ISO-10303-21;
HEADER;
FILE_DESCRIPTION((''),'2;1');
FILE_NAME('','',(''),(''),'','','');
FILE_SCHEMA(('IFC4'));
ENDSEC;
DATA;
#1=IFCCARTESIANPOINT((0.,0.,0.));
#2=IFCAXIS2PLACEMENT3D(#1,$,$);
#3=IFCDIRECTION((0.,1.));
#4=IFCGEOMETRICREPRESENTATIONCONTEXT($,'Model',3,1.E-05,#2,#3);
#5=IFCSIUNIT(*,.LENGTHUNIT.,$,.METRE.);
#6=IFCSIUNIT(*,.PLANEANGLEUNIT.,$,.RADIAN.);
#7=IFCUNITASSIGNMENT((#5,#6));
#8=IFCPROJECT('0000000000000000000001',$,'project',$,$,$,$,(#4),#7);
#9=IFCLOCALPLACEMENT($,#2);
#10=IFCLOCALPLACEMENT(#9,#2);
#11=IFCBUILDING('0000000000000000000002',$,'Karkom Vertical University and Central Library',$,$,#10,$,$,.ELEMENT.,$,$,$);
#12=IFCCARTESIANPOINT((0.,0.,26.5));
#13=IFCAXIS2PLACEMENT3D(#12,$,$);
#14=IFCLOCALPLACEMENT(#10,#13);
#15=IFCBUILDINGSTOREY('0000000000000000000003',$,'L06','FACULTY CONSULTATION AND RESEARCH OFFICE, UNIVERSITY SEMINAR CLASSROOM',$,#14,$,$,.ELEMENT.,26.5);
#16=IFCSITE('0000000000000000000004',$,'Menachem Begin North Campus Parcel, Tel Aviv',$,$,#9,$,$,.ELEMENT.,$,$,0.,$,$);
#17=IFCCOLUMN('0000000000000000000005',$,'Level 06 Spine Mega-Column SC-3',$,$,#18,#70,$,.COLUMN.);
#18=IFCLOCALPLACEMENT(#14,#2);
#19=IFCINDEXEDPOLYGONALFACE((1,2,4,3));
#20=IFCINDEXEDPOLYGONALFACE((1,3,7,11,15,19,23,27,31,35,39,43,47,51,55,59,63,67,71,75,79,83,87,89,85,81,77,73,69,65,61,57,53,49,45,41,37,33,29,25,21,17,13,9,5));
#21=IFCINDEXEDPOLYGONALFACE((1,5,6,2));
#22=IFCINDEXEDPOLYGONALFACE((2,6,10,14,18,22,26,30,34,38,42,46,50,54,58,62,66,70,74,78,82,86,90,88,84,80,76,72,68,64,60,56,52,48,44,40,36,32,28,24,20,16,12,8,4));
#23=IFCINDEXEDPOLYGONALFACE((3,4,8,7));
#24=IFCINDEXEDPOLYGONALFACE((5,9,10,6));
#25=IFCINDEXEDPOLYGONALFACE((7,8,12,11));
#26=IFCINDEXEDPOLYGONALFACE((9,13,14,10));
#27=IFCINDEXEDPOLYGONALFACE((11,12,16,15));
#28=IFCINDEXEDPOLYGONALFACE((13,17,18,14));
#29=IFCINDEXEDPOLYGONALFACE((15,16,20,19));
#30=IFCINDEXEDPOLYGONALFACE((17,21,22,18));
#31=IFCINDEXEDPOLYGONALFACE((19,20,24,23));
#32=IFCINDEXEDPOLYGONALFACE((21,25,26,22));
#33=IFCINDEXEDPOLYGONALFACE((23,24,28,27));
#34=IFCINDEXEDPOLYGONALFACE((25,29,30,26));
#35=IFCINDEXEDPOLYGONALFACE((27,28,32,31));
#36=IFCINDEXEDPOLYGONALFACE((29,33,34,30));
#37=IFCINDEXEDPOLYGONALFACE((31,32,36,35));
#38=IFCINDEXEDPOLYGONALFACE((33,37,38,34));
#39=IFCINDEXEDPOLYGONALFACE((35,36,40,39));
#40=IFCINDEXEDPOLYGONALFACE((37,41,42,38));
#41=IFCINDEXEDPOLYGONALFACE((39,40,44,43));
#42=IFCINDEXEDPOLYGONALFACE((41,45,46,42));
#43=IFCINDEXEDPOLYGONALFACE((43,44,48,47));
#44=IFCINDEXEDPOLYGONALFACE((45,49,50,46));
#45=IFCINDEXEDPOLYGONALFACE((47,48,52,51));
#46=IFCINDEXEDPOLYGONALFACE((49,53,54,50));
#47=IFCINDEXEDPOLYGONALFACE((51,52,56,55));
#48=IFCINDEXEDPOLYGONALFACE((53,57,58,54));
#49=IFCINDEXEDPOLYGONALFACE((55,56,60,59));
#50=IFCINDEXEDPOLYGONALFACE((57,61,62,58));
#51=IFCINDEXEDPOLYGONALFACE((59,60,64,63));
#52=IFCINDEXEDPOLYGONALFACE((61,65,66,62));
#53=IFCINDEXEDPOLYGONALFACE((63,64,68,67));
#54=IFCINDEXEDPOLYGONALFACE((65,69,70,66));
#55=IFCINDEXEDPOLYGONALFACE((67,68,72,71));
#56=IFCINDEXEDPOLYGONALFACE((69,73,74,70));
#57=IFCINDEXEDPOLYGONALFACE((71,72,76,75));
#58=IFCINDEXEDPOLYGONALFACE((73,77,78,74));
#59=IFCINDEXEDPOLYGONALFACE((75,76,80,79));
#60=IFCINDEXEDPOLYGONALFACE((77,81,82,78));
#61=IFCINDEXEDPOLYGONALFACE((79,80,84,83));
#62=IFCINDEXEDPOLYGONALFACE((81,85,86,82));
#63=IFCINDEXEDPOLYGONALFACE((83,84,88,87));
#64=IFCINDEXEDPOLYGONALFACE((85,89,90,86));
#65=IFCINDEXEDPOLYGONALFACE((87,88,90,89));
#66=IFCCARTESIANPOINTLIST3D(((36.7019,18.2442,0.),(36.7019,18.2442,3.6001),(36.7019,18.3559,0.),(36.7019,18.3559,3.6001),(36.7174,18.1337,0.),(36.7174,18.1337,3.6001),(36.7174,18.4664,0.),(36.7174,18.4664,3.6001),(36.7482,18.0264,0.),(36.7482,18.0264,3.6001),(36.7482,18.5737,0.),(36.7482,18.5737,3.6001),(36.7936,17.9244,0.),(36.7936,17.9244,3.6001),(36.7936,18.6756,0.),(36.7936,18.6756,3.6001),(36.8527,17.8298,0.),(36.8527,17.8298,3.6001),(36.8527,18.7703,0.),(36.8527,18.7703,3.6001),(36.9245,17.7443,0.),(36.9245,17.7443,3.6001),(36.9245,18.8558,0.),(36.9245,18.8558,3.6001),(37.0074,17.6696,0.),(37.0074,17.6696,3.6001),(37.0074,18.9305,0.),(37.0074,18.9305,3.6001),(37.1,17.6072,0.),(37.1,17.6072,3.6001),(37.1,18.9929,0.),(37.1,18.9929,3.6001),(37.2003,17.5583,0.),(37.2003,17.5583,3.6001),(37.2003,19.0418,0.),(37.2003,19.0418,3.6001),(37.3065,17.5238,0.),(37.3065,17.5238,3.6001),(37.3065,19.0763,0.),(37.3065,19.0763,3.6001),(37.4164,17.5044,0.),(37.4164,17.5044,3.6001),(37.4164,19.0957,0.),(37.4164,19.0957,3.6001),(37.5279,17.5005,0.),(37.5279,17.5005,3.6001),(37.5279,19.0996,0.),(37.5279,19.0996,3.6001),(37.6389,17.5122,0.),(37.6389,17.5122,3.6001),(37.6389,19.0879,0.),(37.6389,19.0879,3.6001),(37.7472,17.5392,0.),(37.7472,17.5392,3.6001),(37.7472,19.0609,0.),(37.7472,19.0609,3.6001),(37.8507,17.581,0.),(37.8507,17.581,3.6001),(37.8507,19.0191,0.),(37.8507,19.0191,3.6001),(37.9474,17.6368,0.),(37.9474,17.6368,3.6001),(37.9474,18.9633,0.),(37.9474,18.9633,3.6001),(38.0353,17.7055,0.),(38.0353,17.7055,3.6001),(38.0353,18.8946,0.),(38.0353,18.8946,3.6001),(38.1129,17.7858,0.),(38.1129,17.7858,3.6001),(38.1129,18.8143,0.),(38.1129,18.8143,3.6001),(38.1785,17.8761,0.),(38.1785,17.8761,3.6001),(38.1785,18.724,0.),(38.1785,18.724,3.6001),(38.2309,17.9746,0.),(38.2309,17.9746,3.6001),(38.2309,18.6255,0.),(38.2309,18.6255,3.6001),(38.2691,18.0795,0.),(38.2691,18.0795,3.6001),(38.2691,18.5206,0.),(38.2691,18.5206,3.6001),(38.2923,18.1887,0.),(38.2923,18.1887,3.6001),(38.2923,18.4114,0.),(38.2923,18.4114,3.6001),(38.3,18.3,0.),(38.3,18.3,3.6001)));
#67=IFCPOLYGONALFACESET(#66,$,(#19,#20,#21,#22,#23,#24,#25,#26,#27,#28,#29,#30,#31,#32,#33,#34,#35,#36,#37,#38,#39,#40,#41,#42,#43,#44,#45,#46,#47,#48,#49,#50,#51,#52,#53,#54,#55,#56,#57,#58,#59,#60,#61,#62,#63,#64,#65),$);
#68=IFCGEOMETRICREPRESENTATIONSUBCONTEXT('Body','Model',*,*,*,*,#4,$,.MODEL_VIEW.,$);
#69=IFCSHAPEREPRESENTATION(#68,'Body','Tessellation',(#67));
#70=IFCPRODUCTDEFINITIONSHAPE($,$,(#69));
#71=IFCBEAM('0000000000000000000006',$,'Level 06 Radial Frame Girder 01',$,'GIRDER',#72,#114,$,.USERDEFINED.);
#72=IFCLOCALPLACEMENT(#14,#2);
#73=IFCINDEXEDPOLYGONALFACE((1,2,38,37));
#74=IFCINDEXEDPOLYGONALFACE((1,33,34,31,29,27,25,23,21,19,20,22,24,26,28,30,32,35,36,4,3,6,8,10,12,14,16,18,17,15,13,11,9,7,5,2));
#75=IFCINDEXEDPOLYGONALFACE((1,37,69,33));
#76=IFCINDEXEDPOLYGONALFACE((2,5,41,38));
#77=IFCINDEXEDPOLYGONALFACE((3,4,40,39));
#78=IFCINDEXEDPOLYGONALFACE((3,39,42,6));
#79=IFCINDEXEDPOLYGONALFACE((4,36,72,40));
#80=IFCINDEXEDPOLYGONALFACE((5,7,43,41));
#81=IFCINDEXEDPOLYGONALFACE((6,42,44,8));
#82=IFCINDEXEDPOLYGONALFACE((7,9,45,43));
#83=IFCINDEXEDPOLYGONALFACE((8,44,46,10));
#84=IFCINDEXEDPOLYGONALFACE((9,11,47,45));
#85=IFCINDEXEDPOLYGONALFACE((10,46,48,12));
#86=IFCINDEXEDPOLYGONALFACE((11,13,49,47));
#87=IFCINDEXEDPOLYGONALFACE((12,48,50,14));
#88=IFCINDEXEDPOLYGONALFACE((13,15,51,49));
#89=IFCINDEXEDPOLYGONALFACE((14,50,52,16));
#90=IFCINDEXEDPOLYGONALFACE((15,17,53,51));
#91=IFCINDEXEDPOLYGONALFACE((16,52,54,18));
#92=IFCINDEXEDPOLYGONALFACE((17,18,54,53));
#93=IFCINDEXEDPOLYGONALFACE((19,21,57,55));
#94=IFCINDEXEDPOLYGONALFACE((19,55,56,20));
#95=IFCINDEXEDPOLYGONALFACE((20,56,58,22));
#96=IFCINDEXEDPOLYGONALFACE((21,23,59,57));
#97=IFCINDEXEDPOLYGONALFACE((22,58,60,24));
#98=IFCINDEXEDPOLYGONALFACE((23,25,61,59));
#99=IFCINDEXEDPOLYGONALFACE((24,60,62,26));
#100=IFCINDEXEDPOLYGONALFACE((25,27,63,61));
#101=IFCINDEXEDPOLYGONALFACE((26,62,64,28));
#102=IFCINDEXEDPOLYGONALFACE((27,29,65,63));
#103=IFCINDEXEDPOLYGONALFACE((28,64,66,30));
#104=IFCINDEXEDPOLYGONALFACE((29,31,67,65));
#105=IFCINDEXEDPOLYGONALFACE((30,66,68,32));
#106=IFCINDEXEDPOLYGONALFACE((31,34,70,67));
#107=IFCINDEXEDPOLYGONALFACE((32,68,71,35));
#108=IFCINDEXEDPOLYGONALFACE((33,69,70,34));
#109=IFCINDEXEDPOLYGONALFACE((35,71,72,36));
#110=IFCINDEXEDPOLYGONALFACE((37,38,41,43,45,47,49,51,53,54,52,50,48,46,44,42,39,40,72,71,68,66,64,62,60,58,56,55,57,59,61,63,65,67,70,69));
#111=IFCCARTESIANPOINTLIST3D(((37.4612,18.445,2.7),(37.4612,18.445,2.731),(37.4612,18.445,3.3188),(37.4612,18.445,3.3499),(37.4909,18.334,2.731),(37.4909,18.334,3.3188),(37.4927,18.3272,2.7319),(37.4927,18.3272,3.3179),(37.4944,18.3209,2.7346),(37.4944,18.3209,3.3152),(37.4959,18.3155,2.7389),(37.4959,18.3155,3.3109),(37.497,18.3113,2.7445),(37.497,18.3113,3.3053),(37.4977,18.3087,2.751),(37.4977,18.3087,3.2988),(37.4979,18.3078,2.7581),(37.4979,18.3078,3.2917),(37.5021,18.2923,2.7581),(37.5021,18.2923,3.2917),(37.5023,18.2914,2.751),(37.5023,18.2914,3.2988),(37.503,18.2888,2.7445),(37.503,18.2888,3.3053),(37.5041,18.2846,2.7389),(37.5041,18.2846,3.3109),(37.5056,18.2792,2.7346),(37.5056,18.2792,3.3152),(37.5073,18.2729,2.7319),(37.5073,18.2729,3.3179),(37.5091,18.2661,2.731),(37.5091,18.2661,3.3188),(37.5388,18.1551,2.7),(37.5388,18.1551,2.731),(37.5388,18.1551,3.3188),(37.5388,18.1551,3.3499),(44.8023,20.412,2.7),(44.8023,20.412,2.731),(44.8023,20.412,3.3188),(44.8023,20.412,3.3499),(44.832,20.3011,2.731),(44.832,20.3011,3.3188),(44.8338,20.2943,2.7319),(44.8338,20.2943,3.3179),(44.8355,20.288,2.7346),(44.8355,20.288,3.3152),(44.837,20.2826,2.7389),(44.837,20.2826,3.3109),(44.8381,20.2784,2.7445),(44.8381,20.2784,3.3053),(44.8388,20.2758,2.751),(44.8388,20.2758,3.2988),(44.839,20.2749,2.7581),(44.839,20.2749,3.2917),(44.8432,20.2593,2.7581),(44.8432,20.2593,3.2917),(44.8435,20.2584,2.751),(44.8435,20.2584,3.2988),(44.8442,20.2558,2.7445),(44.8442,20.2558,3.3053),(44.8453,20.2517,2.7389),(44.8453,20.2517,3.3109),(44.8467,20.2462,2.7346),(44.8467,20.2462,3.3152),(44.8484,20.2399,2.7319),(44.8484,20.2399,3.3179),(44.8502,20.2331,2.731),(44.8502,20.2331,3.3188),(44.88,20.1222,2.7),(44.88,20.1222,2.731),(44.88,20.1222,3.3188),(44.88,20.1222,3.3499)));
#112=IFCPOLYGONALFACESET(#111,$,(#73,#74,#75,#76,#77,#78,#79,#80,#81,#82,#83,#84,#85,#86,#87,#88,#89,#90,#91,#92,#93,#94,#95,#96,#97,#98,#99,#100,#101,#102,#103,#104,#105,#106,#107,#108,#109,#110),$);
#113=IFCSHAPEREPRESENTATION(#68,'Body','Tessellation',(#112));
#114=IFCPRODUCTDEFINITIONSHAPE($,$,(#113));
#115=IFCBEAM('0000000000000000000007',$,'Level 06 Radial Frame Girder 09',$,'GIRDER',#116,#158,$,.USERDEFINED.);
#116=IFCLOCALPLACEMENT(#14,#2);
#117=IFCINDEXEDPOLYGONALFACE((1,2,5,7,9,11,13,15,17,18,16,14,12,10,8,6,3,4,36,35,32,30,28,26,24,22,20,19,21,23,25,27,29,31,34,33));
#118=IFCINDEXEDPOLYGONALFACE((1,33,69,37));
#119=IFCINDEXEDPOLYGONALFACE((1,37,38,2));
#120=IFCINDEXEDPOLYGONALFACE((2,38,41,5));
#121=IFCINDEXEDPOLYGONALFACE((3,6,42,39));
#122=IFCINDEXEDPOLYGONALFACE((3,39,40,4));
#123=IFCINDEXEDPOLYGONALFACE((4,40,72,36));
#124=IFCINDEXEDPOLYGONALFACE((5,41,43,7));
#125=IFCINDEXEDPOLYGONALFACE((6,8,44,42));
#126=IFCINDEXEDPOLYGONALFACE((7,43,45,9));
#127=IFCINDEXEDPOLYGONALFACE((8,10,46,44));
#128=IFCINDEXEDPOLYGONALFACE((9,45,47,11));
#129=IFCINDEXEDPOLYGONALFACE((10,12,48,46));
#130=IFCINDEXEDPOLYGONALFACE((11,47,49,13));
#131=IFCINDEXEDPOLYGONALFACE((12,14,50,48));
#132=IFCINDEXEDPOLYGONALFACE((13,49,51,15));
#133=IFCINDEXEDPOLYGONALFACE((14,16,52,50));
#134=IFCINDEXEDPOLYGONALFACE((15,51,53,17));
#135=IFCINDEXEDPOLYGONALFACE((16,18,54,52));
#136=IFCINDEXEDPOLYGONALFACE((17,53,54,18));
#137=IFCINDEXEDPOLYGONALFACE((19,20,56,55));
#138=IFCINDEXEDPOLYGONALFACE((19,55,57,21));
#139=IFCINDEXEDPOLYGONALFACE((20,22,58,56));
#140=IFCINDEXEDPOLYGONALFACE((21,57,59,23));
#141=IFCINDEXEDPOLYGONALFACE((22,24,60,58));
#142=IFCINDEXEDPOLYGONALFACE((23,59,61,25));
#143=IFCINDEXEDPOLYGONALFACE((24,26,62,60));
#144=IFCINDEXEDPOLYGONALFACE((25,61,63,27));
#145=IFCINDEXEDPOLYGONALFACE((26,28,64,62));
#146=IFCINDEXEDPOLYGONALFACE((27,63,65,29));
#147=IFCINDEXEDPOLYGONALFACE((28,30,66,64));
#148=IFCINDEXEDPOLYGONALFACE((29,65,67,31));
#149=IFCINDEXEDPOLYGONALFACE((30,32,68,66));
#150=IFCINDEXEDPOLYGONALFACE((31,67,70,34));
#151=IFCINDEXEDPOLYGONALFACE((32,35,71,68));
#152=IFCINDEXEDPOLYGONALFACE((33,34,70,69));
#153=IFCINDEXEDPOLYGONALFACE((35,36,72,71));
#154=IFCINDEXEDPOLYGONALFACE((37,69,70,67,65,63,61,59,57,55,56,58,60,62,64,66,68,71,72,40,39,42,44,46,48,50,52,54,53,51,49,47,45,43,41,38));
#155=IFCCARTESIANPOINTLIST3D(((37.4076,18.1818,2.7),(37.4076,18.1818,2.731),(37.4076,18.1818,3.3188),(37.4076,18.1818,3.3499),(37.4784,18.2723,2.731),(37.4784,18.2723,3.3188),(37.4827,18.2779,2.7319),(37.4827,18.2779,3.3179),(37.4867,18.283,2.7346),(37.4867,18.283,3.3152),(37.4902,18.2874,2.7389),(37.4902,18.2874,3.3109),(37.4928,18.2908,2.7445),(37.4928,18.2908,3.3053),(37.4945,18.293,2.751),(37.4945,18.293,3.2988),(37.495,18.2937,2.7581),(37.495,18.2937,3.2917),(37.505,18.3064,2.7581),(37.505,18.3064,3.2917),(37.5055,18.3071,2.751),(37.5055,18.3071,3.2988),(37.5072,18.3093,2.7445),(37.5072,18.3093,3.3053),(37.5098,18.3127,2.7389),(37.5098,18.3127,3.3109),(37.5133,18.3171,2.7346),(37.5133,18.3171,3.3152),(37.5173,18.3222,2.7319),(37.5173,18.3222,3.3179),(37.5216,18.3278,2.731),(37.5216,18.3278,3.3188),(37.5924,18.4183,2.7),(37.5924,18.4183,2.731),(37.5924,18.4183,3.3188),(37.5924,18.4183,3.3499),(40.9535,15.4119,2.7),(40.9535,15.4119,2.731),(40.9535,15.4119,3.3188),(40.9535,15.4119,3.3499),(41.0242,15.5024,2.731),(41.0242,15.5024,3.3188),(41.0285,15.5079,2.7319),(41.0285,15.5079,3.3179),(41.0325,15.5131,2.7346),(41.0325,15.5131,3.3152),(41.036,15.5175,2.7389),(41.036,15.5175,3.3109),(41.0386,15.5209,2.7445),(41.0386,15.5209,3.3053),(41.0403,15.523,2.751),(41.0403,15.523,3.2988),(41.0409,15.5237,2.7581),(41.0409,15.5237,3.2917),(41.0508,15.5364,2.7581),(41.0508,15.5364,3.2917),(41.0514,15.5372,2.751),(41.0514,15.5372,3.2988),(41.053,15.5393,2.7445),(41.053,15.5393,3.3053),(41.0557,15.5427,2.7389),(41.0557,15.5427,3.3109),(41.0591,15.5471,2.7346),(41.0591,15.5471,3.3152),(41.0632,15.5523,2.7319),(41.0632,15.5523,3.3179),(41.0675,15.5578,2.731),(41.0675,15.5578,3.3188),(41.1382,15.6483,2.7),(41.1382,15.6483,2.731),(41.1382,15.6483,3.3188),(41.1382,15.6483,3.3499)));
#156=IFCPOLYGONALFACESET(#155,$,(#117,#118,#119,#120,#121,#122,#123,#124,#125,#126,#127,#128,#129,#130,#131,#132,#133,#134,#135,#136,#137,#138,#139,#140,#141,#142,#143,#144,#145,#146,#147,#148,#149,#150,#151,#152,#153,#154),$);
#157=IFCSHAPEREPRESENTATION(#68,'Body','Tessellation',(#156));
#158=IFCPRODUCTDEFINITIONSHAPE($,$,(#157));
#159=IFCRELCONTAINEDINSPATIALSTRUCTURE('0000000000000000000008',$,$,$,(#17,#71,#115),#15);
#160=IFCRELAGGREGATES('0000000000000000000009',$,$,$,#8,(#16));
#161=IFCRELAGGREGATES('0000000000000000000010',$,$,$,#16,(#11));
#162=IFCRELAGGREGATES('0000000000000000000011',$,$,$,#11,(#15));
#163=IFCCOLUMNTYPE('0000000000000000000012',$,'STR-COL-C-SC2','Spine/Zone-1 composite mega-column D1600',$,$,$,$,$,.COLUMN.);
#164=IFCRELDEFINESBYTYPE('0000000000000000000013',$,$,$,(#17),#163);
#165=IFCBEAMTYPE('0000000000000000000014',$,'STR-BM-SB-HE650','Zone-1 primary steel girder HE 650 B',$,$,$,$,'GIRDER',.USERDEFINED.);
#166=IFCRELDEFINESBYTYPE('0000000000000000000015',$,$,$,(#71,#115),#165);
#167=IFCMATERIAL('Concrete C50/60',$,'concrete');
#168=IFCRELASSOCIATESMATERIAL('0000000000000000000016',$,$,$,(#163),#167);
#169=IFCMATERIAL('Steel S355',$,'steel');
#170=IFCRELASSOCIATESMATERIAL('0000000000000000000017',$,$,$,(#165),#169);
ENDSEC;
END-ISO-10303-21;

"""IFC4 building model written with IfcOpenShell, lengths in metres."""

from ifc_helpers import new_model, si_unit, direction, frame, origin, origin_with_axes, origin_2d, place, context, subcontext, project, spatial, circle, i_section, extrude, source, transform, mapped, material, material_profile, profile_set, type_object, element, save


model = new_model("IFC4")

# Units and contexts
model_context = context("Model", 3, precision=1e-05, world=origin(), true_north=direction((0.0, 1.0)))
body_context = subcontext(model_context, "Body", "Model", "MODEL_VIEW")
ifc_project = project(units=[si_unit("LENGTHUNIT", "METRE"), si_unit("PLANEANGLEUNIT", "RADIAN")], contexts=[model_context])

# Site, building, storey
site_placement = place(None, origin())
site = spatial("IfcSite", under=ifc_project, at=site_placement, Name="Menachem Begin North Campus Parcel, Tel Aviv", CompositionType="ELEMENT", RefElevation=0.0)
building_placement = place(site_placement, origin())
building = spatial("IfcBuilding", under=site, at=building_placement, Name="Karkom Vertical University and Central Library", CompositionType="ELEMENT")
storey_placement = place(building_placement, frame((0.0, 0.0, 26.5)))
storey = spatial("IfcBuildingStorey", under=building, at=storey_placement, Name="L06", Description="FACULTY CONSULTATION AND RESEARCH OFFICE, UNIVERSITY SEMINAR CLASSROOM", CompositionType="ELEMENT", Elevation=26.5)

# Column
ifc_material_1 = material(Name="Concrete C50/60", Category="concrete")
ifc_material_profile_1 = material_profile(ifc_material_1, circle(Radius=0.8, at=origin_2d()), Name="CFT-D1600")
ifc_profile_set_1 = profile_set([ifc_material_profile_1], Name="Concrete C50/60")
column_type = type_object("IfcColumnType", Name="STR-COL-C-SC2", Description="Spine/Zone-1 composite mega-column D1600", PredefinedType="COLUMN", material=ifc_profile_set_1)
shared_shape_1 = source(origin_with_axes(), body_context, "Body", "SweptSolid", [
    extrude(circle(Radius=0.8, at=origin_2d()), origin(), (0.0, 0.0, 1.0), 3.6001),
])
column_placement = place(storey_placement, frame((37.5, 18.3, 0.0), z_axis=(0.0, 0.0, 1.0), x_axis=(1.0, 0.0, 0.0)))
element("IfcColumn", 1, at=column_placement, inside=storey, type_object=column_type, Name="Level 06 Spine Mega-Column SC-3", PredefinedType="COLUMN", context=body_context, shape_type="MappedRepresentation", body=[
    mapped(shared_shape_1, transform((0.0, 0.0, 0.0), scale=1.0)),
])

# Beams
ifc_material_2 = material(Name="Steel S355", Category="steel")
ifc_material_profile_2 = material_profile(ifc_material_2, i_section(OverallWidth=0.3, OverallDepth=0.6499, WebThickness=0.0161, FlangeThickness=0.031, FilletRadius=0.0271, at=origin_2d()), Name="HE 650 B")
ifc_profile_set_2 = profile_set([ifc_material_profile_2], Name="Steel S355")
beam_type_1 = type_object("IfcBeamType", Name="STR-BM-SB-HE650", Description="Zone-1 primary steel girder HE 650 B", ElementType="GIRDER", PredefinedType="USERDEFINED", material=ifc_profile_set_2)
shared_shape_2 = source(origin_with_axes(), body_context, "Body", "SweptSolid", [
    extrude(i_section(OverallWidth=0.3, OverallDepth=0.6499, WebThickness=0.0161, FlangeThickness=0.031, FilletRadius=0.0271, at=origin_2d()), origin(), (0.0, 0.0, 1.0), 7.6001),
])
beam_1_placement = place(storey_placement, frame((37.5, 18.3, 3.0249), z_axis=(0.965926, 0.25882, 0.0), x_axis=(-0.25882, 0.965926, 0.0)))
element("IfcBeam", 2, at=beam_1_placement, inside=storey, type_object=beam_type_1, Name="Level 06 Radial Frame Girder 01", ObjectType="GIRDER", PredefinedType="USERDEFINED", context=body_context, shape_type="MappedRepresentation", body=[
    mapped(shared_shape_2, transform((0.0, 0.0, 0.0), scale=1.0)),
])
shared_shape_3 = source(origin_with_axes(), body_context, "Body", "SweptSolid", [
    extrude(i_section(OverallWidth=0.3, OverallDepth=0.6499, WebThickness=0.0161, FlangeThickness=0.031, FilletRadius=0.0271, at=origin_2d()), origin(), (0.0, 0.0, 1.0), 4.4995),
])
beam_2_placement = place(storey_placement, frame((37.5, 18.3, 3.0249), z_axis=(0.788047, -0.615615, 0.0), x_axis=(0.615615, 0.788047, 0.0)))
element("IfcBeam", 3, at=beam_2_placement, inside=storey, type_object=beam_type_1, Name="Level 06 Radial Frame Girder 09", ObjectType="GIRDER", PredefinedType="USERDEFINED", context=body_context, shape_type="MappedRepresentation", body=[
    mapped(shared_shape_3, transform((0.0, 0.0, 0.0), scale=1.0)),
])

save(model, "model.ifc")
